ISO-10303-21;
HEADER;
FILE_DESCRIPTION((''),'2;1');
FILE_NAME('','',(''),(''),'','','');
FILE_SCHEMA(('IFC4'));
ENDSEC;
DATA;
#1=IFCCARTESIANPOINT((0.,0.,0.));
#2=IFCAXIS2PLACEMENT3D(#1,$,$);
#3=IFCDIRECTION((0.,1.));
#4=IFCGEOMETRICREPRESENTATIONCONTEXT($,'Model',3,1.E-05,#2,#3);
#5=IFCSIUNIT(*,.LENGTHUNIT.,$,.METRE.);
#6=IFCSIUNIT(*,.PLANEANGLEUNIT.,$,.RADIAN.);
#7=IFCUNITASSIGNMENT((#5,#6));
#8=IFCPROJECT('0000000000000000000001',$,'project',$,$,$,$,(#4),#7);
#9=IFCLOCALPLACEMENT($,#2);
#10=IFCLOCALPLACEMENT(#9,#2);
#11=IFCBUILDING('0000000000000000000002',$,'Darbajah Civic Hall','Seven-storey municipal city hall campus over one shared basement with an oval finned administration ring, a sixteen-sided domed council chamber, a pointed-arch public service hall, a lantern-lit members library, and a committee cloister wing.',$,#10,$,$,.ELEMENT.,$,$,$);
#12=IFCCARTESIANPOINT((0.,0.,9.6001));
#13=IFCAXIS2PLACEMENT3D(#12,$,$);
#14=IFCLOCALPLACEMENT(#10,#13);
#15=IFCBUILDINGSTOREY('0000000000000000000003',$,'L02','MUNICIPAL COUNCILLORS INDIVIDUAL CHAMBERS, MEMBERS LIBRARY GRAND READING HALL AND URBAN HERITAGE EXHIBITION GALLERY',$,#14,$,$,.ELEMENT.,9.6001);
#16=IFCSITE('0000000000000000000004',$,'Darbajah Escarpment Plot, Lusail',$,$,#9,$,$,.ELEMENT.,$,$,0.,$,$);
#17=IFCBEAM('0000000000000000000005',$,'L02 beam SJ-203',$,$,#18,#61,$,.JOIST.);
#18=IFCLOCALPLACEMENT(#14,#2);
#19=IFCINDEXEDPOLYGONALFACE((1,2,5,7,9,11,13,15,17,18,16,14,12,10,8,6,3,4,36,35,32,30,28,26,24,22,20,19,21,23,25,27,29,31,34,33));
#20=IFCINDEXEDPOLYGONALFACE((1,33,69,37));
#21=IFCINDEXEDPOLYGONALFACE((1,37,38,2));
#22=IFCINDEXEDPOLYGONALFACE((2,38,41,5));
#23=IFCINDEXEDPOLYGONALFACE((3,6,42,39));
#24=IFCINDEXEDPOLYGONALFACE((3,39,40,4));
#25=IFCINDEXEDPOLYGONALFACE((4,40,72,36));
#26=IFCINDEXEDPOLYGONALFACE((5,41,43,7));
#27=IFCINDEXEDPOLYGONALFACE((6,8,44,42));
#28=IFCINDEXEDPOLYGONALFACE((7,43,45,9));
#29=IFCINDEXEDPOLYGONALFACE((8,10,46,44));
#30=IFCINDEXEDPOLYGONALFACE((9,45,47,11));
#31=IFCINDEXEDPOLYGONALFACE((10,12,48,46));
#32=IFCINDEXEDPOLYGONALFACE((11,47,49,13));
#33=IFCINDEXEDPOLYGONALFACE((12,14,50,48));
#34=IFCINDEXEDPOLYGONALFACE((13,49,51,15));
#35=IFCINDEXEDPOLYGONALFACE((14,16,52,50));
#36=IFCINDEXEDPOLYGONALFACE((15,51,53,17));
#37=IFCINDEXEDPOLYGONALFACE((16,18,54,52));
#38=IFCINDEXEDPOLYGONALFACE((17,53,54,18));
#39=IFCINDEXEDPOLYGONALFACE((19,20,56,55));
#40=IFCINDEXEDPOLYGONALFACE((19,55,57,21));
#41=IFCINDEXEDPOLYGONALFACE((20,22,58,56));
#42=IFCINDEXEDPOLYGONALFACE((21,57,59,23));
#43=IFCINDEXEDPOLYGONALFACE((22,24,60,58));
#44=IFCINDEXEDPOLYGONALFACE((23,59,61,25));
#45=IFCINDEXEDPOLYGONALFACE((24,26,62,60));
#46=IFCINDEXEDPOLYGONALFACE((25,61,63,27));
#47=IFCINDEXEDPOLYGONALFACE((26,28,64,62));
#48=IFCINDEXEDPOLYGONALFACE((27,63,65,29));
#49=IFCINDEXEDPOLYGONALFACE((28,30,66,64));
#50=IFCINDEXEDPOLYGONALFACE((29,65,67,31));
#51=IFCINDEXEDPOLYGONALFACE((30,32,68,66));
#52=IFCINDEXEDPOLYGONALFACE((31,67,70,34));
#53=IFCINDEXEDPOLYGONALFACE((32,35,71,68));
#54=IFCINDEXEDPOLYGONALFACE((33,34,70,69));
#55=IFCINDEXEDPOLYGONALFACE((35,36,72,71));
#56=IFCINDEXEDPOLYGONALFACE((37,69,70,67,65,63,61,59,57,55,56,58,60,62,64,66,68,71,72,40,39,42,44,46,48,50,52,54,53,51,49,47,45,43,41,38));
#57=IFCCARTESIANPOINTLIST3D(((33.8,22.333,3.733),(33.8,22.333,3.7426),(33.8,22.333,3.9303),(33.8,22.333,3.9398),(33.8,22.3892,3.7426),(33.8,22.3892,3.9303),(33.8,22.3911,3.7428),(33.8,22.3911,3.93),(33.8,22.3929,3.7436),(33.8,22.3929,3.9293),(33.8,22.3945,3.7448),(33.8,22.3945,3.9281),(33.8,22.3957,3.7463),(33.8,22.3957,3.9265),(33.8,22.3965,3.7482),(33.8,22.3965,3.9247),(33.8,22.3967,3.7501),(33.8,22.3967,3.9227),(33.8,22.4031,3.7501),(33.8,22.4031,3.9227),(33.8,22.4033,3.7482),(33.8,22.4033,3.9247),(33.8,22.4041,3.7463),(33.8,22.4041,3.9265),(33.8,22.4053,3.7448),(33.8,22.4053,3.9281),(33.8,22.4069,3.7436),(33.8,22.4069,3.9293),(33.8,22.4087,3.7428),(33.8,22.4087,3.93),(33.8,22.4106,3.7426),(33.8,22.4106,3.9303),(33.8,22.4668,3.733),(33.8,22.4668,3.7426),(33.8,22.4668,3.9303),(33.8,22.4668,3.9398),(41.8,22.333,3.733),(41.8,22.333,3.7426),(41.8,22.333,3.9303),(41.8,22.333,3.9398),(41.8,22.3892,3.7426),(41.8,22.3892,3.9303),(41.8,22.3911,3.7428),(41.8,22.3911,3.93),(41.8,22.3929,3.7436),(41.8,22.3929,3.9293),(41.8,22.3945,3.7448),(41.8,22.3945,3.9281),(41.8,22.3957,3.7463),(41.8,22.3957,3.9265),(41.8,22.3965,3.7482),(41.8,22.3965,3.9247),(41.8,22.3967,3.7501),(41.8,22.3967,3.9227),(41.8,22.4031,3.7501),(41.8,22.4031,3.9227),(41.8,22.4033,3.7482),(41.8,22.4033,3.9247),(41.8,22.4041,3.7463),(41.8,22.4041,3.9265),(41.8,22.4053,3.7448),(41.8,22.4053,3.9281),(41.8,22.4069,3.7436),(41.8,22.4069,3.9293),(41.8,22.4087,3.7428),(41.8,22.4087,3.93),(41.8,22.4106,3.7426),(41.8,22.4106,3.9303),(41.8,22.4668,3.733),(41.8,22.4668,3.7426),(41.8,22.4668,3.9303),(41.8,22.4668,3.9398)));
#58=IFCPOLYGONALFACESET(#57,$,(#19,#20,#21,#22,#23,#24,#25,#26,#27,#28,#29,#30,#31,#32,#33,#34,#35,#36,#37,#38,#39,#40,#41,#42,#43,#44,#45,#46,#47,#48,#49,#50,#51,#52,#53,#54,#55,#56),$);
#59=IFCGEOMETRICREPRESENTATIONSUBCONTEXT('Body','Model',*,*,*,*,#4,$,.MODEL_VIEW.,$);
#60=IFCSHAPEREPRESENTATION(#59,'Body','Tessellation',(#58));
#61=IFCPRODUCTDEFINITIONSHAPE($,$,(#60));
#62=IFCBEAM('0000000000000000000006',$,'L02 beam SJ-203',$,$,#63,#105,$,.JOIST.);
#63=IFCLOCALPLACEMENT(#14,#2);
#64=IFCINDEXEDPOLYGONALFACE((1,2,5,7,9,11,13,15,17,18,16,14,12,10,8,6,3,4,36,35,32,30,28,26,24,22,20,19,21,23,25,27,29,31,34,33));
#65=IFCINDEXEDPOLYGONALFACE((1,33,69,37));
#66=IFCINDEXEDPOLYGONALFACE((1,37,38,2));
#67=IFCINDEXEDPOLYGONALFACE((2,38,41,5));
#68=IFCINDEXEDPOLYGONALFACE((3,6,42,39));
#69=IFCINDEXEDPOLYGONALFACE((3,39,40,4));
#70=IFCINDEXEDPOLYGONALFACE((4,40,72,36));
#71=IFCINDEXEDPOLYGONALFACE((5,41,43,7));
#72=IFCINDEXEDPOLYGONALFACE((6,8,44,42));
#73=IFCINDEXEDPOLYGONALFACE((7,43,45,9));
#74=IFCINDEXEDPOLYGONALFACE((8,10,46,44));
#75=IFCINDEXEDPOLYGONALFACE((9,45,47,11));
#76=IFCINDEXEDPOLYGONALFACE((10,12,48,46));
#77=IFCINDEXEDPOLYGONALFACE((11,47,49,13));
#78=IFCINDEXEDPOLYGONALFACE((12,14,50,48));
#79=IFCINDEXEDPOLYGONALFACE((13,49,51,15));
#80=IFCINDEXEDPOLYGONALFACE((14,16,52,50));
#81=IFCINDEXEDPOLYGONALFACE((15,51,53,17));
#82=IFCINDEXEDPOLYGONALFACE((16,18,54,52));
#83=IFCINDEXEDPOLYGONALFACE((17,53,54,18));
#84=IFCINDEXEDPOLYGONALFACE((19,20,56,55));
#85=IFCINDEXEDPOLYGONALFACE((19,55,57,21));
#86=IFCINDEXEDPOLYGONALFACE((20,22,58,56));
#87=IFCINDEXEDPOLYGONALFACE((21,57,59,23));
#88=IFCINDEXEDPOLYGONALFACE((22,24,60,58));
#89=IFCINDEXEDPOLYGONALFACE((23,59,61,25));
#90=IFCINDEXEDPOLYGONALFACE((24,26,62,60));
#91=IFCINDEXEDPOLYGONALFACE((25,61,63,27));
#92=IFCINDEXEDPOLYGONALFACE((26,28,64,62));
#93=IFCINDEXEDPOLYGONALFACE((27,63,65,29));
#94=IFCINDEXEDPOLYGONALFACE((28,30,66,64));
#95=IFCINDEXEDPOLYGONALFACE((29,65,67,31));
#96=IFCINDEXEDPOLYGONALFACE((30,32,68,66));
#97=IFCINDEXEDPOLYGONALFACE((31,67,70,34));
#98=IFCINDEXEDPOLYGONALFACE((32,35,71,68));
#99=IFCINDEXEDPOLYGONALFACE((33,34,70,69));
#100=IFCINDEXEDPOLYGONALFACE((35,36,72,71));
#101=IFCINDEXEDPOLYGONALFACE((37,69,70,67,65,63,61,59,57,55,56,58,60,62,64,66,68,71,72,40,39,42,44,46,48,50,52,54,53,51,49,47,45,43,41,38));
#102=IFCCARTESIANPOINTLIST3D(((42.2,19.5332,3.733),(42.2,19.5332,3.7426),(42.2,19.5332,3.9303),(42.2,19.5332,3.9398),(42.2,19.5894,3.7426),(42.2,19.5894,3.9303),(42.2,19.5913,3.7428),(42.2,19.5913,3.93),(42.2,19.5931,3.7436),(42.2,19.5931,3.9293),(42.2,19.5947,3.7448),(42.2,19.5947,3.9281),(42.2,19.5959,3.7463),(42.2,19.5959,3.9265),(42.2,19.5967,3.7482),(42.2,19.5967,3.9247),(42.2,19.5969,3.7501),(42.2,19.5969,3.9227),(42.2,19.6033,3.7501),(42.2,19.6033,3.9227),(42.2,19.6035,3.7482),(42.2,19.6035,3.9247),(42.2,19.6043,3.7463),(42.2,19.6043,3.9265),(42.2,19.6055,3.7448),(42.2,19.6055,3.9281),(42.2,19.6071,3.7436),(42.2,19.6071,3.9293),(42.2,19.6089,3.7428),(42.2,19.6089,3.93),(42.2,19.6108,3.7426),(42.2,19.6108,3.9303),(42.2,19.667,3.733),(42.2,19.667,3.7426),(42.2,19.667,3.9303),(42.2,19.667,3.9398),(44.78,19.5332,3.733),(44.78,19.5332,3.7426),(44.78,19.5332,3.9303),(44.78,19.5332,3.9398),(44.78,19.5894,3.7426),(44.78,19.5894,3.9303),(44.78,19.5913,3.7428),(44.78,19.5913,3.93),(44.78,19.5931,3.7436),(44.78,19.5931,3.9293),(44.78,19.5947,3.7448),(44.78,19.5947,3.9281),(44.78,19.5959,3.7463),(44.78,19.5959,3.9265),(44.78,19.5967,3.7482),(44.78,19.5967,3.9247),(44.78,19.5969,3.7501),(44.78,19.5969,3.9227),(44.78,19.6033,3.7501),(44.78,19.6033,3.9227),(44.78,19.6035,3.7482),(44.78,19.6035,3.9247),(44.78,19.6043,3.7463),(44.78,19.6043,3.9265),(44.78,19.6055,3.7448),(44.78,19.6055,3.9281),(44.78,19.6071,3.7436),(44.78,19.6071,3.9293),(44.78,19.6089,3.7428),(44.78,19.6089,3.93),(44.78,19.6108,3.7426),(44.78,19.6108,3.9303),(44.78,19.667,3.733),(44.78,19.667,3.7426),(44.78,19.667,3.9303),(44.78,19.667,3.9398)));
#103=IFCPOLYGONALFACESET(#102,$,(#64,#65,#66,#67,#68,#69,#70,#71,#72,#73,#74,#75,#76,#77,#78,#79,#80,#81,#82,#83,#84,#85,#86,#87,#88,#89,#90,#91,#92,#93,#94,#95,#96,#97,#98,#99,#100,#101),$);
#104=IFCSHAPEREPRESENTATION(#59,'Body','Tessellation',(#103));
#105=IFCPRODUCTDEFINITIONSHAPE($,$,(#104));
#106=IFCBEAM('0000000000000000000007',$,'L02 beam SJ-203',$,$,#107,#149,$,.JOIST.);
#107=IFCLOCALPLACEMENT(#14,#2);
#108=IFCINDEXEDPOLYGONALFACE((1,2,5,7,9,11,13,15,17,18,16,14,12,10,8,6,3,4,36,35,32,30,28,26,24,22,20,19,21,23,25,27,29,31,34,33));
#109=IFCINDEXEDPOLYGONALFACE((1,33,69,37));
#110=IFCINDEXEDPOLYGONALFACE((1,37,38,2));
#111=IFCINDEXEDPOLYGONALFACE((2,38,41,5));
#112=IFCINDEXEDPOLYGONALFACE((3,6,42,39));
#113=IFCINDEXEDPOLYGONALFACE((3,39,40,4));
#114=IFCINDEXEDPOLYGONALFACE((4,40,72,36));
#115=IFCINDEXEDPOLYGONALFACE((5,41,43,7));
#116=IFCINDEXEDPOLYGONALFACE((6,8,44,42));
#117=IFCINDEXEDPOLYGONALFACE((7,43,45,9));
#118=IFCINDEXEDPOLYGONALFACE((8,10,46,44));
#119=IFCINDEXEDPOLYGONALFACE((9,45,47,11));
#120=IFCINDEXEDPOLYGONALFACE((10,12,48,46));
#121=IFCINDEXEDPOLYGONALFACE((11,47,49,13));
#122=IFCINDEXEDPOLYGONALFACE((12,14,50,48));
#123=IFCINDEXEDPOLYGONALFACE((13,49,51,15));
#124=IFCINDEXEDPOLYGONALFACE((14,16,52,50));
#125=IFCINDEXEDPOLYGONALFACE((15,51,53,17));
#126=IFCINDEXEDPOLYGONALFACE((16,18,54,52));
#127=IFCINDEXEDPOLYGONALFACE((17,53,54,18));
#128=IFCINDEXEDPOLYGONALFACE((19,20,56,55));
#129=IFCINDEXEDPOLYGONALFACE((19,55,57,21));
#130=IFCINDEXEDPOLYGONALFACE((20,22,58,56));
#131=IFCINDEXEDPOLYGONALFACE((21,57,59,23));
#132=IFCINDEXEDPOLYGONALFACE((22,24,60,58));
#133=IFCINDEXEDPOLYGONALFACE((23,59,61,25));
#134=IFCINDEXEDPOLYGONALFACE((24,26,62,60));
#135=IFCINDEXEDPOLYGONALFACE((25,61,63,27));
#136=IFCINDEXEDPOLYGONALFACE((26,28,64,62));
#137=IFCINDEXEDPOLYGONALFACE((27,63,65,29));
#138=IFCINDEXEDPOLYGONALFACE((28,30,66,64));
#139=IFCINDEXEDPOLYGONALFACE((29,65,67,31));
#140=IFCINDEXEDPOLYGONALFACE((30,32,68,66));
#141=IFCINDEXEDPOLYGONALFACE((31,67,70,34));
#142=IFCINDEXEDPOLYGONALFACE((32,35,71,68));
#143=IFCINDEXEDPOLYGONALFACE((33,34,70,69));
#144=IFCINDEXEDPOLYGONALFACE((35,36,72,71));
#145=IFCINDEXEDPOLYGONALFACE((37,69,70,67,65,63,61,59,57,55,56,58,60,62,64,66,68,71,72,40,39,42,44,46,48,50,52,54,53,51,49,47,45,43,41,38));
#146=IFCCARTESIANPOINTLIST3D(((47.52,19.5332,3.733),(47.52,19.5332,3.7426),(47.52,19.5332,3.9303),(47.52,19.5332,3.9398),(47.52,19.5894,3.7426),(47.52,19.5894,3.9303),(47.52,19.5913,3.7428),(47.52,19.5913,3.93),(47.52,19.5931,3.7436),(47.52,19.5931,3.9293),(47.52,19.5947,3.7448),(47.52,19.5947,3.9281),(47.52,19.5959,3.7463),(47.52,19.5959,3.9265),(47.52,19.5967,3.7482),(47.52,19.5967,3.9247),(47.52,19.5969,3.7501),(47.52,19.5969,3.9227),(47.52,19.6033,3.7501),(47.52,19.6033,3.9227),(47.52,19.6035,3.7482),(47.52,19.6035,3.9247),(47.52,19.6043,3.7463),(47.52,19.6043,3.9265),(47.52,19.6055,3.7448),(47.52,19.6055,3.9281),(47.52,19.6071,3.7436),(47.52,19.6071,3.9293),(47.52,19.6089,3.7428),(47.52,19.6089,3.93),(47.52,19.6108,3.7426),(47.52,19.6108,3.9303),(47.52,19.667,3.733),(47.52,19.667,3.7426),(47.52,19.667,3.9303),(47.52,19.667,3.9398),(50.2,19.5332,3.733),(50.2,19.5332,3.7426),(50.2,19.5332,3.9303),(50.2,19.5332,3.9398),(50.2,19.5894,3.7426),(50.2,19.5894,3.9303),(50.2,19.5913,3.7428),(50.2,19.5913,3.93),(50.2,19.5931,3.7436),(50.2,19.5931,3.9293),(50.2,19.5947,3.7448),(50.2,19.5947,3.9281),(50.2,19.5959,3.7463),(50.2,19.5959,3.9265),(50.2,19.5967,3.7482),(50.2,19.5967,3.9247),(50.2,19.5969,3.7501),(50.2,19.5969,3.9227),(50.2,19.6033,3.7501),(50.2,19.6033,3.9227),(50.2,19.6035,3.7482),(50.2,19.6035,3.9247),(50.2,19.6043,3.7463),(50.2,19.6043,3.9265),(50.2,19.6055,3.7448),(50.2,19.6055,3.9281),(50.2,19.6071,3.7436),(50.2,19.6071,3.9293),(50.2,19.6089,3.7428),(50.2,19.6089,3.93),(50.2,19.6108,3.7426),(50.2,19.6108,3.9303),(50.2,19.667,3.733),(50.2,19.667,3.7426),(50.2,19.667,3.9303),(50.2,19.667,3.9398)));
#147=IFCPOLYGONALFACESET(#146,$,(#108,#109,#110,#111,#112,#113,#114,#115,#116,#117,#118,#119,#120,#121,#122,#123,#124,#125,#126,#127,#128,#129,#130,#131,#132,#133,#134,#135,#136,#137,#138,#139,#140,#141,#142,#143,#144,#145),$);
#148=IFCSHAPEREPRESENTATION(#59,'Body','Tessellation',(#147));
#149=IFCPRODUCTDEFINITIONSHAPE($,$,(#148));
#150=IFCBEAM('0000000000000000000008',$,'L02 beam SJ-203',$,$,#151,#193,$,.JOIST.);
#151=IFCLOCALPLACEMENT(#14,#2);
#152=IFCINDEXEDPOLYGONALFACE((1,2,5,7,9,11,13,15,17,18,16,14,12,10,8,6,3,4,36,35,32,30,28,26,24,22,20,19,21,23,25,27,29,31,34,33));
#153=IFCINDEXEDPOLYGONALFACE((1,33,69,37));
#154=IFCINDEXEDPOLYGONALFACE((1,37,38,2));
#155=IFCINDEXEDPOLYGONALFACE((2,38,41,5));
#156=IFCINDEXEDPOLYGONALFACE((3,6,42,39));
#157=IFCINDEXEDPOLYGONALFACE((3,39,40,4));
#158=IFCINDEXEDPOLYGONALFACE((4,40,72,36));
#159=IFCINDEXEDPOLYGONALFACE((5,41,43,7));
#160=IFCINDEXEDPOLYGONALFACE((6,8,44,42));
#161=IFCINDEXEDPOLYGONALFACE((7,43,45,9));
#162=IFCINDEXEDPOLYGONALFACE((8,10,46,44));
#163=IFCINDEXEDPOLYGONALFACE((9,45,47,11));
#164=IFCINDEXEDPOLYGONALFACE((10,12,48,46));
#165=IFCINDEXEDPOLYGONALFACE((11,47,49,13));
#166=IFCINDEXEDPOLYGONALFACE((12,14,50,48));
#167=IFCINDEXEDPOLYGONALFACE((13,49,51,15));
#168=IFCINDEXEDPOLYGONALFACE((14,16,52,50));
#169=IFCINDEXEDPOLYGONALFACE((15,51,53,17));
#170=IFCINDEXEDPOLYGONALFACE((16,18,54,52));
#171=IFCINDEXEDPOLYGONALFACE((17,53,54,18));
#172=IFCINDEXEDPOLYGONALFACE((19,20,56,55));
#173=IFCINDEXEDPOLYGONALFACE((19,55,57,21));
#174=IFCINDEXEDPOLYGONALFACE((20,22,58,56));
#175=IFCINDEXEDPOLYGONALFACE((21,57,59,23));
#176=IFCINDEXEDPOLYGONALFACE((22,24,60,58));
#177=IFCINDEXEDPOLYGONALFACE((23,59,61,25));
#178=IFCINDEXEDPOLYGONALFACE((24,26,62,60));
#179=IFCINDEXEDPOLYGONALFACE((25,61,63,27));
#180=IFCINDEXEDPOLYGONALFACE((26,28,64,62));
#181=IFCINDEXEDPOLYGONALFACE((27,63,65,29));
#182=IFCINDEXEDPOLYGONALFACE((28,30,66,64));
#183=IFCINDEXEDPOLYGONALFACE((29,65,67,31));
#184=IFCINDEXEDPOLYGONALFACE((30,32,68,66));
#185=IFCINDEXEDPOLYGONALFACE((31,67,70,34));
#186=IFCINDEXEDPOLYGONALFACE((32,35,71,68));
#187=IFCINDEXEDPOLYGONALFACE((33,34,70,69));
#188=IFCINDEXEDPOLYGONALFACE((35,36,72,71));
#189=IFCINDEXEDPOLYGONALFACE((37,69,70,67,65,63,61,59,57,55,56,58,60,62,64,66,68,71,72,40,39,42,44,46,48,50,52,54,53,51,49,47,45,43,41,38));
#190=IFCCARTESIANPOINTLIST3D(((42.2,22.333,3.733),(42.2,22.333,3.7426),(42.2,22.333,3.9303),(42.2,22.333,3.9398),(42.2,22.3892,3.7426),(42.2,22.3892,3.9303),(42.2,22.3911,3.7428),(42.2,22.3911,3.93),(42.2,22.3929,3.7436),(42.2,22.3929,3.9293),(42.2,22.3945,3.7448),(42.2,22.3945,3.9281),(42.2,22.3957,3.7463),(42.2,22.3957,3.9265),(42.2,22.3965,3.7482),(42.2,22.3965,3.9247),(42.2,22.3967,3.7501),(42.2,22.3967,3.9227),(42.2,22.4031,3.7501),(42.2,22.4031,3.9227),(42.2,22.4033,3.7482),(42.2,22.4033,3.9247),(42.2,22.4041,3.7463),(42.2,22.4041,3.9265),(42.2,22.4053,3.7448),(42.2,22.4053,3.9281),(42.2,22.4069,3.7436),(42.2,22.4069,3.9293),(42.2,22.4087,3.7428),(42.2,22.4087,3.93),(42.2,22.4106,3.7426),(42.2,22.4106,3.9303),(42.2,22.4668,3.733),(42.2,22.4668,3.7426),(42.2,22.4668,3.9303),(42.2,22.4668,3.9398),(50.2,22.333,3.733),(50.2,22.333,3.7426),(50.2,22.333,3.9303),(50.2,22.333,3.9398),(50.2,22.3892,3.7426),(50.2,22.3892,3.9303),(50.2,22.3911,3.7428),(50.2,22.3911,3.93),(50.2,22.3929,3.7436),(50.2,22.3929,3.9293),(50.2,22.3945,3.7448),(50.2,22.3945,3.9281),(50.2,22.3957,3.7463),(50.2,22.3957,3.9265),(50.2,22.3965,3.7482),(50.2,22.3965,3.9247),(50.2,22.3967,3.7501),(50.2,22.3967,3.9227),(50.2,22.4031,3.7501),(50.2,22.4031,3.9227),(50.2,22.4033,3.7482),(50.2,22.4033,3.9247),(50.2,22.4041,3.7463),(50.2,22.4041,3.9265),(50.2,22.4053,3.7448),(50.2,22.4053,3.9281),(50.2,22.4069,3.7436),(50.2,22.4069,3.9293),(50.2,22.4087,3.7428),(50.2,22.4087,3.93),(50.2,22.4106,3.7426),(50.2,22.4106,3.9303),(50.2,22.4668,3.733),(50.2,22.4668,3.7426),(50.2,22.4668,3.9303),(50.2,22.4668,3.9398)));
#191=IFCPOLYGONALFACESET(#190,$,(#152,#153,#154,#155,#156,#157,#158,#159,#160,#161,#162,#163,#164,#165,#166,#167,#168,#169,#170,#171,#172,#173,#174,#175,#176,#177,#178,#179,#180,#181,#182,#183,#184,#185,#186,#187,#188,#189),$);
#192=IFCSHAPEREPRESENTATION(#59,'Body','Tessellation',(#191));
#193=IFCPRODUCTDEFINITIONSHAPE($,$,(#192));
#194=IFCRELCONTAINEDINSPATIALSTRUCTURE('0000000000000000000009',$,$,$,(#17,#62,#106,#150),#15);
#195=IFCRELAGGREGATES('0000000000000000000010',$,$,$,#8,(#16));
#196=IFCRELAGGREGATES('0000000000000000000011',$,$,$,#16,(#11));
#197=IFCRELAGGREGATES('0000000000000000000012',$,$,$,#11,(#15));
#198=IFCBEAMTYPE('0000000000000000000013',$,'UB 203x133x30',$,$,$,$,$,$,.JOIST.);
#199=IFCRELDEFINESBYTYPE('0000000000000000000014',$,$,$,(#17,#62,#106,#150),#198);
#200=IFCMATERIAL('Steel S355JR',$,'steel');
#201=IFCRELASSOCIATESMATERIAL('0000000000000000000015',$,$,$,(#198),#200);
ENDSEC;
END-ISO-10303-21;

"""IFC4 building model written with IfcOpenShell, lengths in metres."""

from ifc_helpers import new_model, si_unit, direction, frame, origin, origin_2d, place, context, subcontext, project, spatial, i_section, extrude, material, material_profile, profile_set, type_object, element, save


model = new_model("IFC4")

# Units and contexts
model_context = context("Model", 3, precision=1e-05, world=origin(), true_north=direction((0.0, 1.0)))
body_context = subcontext(model_context, "Body", "Model", "MODEL_VIEW")
ifc_project = project(units=[si_unit("LENGTHUNIT", "METRE"), si_unit("PLANEANGLEUNIT", "RADIAN")], contexts=[model_context])

# Site, building, storey
site_placement = place(None, origin())
site = spatial("IfcSite", under=ifc_project, at=site_placement, Name="Darbajah Escarpment Plot, Lusail", CompositionType="ELEMENT", RefElevation=0.0)
building_placement = place(site_placement, origin())
building = spatial("IfcBuilding", under=site, at=building_placement, Name="Darbajah Civic Hall", Description="Seven-storey municipal city hall campus over one shared basement with an oval finned administration ring, a sixteen-sided domed council chamber, a pointed-arch public service hall, a lantern-lit members library, and a committee cloister wing.", CompositionType="ELEMENT")
storey_placement = place(building_placement, frame((0.0, 0.0, 9.6001)))
storey = spatial("IfcBuildingStorey", under=building, at=storey_placement, Name="L02", Description="MUNICIPAL COUNCILLORS INDIVIDUAL CHAMBERS, MEMBERS LIBRARY GRAND READING HALL AND URBAN HERITAGE EXHIBITION GALLERY", CompositionType="ELEMENT", Elevation=9.6001)

# Beams
ifc_material_1 = material(Name="Steel S355JR", Category="steel")
ifc_material_profile_1 = material_profile(ifc_material_1, i_section(OverallWidth=0.1338, OverallDepth=0.2068, WebThickness=0.0063, FlangeThickness=0.0095, FilletRadius=0.0076, at=origin_2d()), Name="UB 203x133x30")
ifc_profile_set_1 = profile_set([ifc_material_profile_1], Name="Steel S355JR")
beam_type_1 = type_object("IfcBeamType", Name="UB 203x133x30", PredefinedType="JOIST", material=ifc_profile_set_1)
for number, where, z_axis, x_axis, name in (
    (1, (33.8, 22.3999, 3.8364), (1.0, 0.0, 0.0), (0.0, 1.0, 0.0), "L02 beam SJ-203"),
):
    element("IfcBeam", number, at=place(storey_placement, frame(where, z_axis=z_axis, x_axis=x_axis)), inside=storey, type_object=beam_type_1, Name=name, PredefinedType="JOIST", context=body_context, shape_type="SweptSolid", body=[
        extrude(i_section(OverallWidth=0.1338, OverallDepth=0.2068, WebThickness=0.0063, FlangeThickness=0.0095, FilletRadius=0.0076, at=origin_2d()), origin(), (0.0, 0.0, 1.0), 8.0),
    ])
beam_1_placement = place(storey_placement, frame((42.2, 19.6001, 3.8364), z_axis=(1.0, 0.0, 0.0), x_axis=(0.0, 1.0, 0.0)))
element("IfcBeam", 2, at=beam_1_placement, inside=storey, type_object=beam_type_1, Name="L02 beam SJ-203", PredefinedType="JOIST", context=body_context, shape_type="SweptSolid", body=[
    extrude(i_section(OverallWidth=0.1338, OverallDepth=0.2068, WebThickness=0.0063, FlangeThickness=0.0095, FilletRadius=0.0076, at=origin_2d()), origin(), (0.0, 0.0, 1.0), 2.5801),
])
beam_2_placement = place(storey_placement, frame((47.52, 19.6001, 3.8364), z_axis=(1.0, 0.0, 0.0), x_axis=(0.0, 1.0, 0.0)))
element("IfcBeam", 3, at=beam_2_placement, inside=storey, type_object=beam_type_1, Name="L02 beam SJ-203", PredefinedType="JOIST", context=body_context, shape_type="SweptSolid", body=[
    extrude(i_section(OverallWidth=0.1338, OverallDepth=0.2068, WebThickness=0.0063, FlangeThickness=0.0095, FilletRadius=0.0076, at=origin_2d()), origin(), (0.0, 0.0, 1.0), 2.6799),
])
beam_3_placement = place(storey_placement, frame((42.2, 22.3999, 3.8364), z_axis=(1.0, 0.0, 0.0), x_axis=(0.0, 1.0, 0.0)))
element("IfcBeam", 4, at=beam_3_placement, inside=storey, type_object=beam_type_1, Name="L02 beam SJ-203", PredefinedType="JOIST", context=body_context, shape_type="SweptSolid", body=[
    extrude(i_section(OverallWidth=0.1338, OverallDepth=0.2068, WebThickness=0.0063, FlangeThickness=0.0095, FilletRadius=0.0076, at=origin_2d()), origin(), (0.0, 0.0, 1.0), 8.0),
])

save(model, "model.ifc")
